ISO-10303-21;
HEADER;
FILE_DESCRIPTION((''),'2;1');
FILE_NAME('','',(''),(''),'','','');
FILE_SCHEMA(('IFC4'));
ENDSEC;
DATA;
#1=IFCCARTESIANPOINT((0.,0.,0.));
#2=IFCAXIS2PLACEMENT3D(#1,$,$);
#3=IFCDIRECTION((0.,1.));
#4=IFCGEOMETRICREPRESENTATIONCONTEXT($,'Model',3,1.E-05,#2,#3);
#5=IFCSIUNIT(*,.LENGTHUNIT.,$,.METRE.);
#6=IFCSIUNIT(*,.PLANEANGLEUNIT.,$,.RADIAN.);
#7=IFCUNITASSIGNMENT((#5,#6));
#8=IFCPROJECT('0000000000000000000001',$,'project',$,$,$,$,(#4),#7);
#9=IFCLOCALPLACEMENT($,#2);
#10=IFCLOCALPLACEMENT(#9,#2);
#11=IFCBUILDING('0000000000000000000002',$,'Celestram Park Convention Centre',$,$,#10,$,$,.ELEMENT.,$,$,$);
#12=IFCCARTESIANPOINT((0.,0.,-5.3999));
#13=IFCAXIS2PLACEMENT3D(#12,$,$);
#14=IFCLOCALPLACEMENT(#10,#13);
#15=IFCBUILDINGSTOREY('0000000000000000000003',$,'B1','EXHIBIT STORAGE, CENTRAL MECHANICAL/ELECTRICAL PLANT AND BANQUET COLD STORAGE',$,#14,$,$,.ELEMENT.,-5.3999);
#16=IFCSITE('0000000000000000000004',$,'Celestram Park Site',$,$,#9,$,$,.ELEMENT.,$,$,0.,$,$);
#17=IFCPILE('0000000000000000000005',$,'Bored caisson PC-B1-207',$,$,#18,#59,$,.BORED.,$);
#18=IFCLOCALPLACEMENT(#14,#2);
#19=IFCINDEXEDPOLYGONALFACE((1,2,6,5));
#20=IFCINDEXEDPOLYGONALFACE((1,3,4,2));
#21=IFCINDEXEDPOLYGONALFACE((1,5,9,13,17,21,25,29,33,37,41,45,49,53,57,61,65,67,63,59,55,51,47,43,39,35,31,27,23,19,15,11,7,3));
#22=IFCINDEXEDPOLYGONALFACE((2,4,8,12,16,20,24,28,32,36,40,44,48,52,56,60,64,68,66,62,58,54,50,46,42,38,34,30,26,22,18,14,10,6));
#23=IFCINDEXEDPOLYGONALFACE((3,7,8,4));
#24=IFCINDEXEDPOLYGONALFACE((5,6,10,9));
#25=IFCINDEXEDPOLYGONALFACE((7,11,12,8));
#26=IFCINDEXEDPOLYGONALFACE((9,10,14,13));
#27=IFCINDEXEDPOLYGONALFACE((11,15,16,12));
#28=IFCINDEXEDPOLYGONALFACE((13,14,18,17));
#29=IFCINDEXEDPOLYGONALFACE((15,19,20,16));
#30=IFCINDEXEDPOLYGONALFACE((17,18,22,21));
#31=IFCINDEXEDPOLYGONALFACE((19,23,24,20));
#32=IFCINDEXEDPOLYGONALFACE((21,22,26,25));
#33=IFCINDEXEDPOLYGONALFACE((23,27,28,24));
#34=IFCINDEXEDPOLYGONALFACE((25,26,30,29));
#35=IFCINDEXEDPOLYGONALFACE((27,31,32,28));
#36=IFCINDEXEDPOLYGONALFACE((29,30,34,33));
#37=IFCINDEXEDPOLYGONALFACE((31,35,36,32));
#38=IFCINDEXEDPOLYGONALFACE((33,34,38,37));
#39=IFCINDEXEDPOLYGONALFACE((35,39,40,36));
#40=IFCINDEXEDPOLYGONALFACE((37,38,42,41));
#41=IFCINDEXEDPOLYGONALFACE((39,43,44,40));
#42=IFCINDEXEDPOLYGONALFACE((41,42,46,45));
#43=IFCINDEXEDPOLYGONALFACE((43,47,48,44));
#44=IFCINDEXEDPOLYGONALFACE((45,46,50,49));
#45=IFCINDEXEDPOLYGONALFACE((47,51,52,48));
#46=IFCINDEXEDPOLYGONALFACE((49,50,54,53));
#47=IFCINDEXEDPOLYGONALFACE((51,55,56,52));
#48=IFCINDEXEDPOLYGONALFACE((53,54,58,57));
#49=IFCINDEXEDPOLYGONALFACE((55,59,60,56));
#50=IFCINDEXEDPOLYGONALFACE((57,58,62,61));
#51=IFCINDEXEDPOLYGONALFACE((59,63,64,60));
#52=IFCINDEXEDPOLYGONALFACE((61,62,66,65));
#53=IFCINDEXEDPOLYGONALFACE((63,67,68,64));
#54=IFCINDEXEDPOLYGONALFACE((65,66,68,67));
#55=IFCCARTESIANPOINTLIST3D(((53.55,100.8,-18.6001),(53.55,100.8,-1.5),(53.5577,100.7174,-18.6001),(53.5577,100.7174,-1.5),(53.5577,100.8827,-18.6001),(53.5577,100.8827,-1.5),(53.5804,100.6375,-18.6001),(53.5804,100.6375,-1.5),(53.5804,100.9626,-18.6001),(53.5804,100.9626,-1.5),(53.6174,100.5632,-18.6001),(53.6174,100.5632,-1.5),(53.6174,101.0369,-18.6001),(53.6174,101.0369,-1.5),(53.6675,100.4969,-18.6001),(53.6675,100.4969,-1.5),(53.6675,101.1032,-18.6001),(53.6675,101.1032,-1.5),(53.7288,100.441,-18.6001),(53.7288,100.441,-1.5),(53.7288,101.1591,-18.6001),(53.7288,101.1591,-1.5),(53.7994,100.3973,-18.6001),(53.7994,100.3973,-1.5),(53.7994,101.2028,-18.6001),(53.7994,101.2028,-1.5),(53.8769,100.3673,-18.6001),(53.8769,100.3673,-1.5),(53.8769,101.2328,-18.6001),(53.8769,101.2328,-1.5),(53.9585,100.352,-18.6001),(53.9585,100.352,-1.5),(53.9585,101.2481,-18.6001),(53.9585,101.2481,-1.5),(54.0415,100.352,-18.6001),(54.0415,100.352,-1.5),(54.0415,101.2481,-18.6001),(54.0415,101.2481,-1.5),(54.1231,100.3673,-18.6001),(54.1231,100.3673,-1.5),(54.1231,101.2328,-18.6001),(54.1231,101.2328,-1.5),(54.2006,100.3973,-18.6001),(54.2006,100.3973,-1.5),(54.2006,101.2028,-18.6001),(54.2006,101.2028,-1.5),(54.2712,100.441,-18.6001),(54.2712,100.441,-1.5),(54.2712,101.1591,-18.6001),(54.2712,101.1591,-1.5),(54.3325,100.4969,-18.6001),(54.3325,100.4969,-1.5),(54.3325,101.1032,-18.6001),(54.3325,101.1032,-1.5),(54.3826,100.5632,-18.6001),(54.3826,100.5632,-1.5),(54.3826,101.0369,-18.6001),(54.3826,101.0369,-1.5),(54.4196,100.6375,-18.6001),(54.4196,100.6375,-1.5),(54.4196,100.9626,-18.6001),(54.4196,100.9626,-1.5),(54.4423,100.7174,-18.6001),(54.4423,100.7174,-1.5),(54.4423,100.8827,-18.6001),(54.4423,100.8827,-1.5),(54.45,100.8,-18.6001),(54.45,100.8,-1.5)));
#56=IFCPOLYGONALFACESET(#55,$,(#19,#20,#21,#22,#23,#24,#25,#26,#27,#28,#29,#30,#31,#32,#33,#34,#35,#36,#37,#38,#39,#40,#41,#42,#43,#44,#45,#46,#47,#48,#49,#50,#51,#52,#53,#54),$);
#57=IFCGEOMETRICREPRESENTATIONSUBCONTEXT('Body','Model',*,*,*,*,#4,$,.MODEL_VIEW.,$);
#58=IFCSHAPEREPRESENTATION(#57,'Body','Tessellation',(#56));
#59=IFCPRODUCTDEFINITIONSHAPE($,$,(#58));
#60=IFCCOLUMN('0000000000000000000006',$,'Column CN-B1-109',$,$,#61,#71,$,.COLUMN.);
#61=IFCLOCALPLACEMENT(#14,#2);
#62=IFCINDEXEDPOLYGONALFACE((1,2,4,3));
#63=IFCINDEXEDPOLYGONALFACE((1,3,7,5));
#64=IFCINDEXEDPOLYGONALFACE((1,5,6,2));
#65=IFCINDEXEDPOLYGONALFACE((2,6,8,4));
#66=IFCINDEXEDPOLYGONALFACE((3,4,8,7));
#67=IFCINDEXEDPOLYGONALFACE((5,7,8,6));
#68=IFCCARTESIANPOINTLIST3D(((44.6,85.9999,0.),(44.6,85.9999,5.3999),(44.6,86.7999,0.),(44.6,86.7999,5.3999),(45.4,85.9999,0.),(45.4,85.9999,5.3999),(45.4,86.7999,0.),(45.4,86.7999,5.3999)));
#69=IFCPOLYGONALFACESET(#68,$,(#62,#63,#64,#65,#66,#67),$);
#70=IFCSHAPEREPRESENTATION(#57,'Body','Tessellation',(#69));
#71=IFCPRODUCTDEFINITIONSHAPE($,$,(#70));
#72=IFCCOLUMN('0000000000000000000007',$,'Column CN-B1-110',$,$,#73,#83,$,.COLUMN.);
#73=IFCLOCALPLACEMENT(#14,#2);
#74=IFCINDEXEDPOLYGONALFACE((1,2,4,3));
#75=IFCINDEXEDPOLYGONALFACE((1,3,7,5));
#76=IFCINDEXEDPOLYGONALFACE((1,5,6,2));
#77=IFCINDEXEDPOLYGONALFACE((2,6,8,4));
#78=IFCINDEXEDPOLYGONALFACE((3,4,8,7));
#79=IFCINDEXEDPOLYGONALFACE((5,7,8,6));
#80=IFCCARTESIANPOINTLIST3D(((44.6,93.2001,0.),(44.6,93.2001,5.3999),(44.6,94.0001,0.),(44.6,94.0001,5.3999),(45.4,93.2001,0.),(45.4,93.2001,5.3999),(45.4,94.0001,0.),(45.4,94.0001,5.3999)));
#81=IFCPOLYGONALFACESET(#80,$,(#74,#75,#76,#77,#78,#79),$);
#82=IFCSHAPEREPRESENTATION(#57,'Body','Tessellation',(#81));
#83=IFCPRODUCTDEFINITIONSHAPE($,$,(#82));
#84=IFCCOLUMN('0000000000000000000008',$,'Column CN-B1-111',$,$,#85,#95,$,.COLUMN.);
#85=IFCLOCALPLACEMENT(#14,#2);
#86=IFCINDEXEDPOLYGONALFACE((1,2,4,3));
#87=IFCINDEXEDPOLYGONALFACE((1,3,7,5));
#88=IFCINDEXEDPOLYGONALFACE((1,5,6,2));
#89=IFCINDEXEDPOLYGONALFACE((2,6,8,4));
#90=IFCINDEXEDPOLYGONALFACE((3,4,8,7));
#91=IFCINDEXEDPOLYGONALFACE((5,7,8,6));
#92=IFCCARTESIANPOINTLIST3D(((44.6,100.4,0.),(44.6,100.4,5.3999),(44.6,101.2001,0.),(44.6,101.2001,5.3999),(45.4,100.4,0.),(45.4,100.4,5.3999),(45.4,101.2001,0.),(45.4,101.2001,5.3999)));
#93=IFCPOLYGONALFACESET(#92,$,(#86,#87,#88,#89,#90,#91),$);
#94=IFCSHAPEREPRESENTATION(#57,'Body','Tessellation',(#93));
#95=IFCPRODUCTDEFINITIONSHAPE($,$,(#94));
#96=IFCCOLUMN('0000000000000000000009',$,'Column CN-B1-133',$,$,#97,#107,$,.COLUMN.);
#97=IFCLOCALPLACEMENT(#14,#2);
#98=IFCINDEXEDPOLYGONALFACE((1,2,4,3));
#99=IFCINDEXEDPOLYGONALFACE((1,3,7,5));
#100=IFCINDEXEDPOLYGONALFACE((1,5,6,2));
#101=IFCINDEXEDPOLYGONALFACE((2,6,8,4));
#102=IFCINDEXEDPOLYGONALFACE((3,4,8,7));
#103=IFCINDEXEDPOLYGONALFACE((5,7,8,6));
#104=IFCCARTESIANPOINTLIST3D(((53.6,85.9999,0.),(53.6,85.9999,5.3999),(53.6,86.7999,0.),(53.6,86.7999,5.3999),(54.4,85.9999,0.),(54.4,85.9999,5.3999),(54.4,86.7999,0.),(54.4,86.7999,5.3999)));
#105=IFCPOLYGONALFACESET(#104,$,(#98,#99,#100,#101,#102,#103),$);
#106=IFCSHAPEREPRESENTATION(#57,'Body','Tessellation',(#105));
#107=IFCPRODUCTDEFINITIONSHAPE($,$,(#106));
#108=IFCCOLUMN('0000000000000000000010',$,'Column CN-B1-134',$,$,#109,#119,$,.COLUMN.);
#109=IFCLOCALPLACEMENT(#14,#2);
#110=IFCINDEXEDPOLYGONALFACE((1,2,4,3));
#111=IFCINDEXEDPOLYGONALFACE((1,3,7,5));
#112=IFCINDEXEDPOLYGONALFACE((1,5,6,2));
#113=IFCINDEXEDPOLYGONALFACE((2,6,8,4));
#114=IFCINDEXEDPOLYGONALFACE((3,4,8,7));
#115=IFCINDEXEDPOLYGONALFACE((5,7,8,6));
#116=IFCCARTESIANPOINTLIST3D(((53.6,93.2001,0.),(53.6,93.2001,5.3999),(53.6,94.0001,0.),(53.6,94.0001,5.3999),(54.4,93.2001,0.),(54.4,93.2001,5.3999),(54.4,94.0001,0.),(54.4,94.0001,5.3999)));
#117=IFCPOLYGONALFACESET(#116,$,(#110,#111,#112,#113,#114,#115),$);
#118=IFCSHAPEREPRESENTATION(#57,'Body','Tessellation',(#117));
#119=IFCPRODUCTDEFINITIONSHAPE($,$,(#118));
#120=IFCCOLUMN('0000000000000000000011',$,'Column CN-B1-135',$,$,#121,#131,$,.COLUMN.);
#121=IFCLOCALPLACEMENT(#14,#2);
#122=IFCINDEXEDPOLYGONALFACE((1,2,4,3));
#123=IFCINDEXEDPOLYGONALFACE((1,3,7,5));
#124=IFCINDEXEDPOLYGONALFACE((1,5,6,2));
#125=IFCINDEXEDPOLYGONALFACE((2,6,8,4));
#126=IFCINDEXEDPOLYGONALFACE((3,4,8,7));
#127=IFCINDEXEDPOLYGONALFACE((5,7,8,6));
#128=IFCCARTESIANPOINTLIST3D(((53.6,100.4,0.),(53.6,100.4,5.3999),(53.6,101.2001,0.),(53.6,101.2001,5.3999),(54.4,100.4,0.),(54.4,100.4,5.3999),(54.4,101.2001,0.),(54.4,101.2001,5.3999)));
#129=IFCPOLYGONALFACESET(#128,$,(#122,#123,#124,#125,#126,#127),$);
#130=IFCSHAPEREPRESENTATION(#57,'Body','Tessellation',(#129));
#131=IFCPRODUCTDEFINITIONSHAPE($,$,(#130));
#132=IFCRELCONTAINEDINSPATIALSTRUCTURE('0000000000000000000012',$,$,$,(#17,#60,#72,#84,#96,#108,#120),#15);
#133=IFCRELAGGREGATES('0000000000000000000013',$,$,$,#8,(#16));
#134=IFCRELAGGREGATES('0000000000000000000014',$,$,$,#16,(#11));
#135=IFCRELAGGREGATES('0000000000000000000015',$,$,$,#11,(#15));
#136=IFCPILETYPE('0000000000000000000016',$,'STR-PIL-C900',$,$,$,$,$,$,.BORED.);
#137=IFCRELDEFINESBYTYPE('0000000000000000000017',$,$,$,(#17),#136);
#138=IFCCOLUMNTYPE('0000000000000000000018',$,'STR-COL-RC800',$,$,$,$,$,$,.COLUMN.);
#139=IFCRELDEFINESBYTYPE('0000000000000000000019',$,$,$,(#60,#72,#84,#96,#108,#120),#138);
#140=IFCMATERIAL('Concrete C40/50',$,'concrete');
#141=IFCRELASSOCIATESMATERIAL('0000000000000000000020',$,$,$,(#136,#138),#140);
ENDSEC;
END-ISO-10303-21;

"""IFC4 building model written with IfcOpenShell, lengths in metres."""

from ifc_helpers import new_model, si_unit, direction, frame, origin, origin_2d, place, context, subcontext, project, spatial, rectangle, circle, extrude, material, material_profile, profile_set, type_object, element, save


model = new_model("IFC4")

# Units and contexts
model_context = context("Model", 3, precision=1e-05, world=origin(), true_north=direction((0.0, 1.0)))
body_context = subcontext(model_context, "Body", "Model", "MODEL_VIEW")
ifc_project = project(units=[si_unit("LENGTHUNIT", "METRE"), si_unit("PLANEANGLEUNIT", "RADIAN")], contexts=[model_context])

# Site, building, storey
site_placement = place(None, origin())
site = spatial("IfcSite", under=ifc_project, at=site_placement, Name="Celestram Park Site", CompositionType="ELEMENT", RefElevation=0.0)
building_placement = place(site_placement, origin())
building = spatial("IfcBuilding", under=site, at=building_placement, Name="Celestram Park Convention Centre", CompositionType="ELEMENT")
storey_placement = place(building_placement, frame((0.0, 0.0, -5.3999)))
storey = spatial("IfcBuildingStorey", under=building, at=storey_placement, Name="B1", Description="EXHIBIT STORAGE, CENTRAL MECHANICAL/ELECTRICAL PLANT AND BANQUET COLD STORAGE", CompositionType="ELEMENT", Elevation=-5.3999)

# Shared definitions
ifc_material_1 = material(Name="Concrete C40/50", Category="concrete")

# Pile
ifc_material_profile_1 = material_profile(ifc_material_1, circle(Radius=0.45, at=origin_2d()), Name="CAISSON900")
ifc_profile_set_1 = profile_set([ifc_material_profile_1], Name="Concrete C40/50")
pile_type_1 = type_object("IfcPileType", Name="STR-PIL-C900", PredefinedType="BORED", material=ifc_profile_set_1)
for number, where, z_axis, x_axis, name in (
    (1, (54.0, 100.8, -1.5), (0.0, 0.0, -1.0), (1.0, 0.0, 0.0), "Bored caisson PC-B1-207"),
):
    element("IfcPile", number, at=place(storey_placement, frame(where, z_axis=z_axis, x_axis=x_axis)), inside=storey, type_object=pile_type_1, Name=name, PredefinedType="BORED", context=body_context, shape_type="SweptSolid", body=[
        extrude(circle(Radius=0.45, at=origin_2d()), origin(), (0.0, 0.0, 1.0), 17.1001),
    ])

# Columns
ifc_material_profile_2 = material_profile(ifc_material_1, rectangle(XDim=0.8, YDim=0.8, at=origin_2d()), Name="RC800X800")
ifc_profile_set_2 = profile_set([ifc_material_profile_2], Name="Concrete C40/50")
column_type = type_object("IfcColumnType", Name="STR-COL-RC800", PredefinedType="COLUMN", material=ifc_profile_set_2)
for number, where, z_axis, x_axis, name in (
    (2, (45.0, 86.3999, 0.0), (0.0, 0.0, 1.0), (1.0, 0.0, 0.0), "Column CN-B1-109"),
    (3, (45.0, 93.6001, 0.0), (0.0, 0.0, 1.0), (1.0, 0.0, 0.0), "Column CN-B1-110"),
    (4, (45.0, 100.8, 0.0), (0.0, 0.0, 1.0), (1.0, 0.0, 0.0), "Column CN-B1-111"),
    (5, (54.0, 86.3999, 0.0), (0.0, 0.0, 1.0), (1.0, 0.0, 0.0), "Column CN-B1-133"),
    (6, (54.0, 93.6001, 0.0), (0.0, 0.0, 1.0), (1.0, 0.0, 0.0), "Column CN-B1-134"),
    (7, (54.0, 100.8, 0.0), (0.0, 0.0, 1.0), (1.0, 0.0, 0.0), "Column CN-B1-135"),
):
    element("IfcColumn", number, at=place(storey_placement, frame(where, z_axis=z_axis, x_axis=x_axis)), inside=storey, type_object=column_type, Name=name, PredefinedType="COLUMN", context=body_context, shape_type="SweptSolid", body=[
        extrude(rectangle(XDim=0.8, YDim=0.8, at=origin_2d()), origin(), (0.0, 0.0, 1.0), 5.3999),
    ])

save(model, "model.ifc")
